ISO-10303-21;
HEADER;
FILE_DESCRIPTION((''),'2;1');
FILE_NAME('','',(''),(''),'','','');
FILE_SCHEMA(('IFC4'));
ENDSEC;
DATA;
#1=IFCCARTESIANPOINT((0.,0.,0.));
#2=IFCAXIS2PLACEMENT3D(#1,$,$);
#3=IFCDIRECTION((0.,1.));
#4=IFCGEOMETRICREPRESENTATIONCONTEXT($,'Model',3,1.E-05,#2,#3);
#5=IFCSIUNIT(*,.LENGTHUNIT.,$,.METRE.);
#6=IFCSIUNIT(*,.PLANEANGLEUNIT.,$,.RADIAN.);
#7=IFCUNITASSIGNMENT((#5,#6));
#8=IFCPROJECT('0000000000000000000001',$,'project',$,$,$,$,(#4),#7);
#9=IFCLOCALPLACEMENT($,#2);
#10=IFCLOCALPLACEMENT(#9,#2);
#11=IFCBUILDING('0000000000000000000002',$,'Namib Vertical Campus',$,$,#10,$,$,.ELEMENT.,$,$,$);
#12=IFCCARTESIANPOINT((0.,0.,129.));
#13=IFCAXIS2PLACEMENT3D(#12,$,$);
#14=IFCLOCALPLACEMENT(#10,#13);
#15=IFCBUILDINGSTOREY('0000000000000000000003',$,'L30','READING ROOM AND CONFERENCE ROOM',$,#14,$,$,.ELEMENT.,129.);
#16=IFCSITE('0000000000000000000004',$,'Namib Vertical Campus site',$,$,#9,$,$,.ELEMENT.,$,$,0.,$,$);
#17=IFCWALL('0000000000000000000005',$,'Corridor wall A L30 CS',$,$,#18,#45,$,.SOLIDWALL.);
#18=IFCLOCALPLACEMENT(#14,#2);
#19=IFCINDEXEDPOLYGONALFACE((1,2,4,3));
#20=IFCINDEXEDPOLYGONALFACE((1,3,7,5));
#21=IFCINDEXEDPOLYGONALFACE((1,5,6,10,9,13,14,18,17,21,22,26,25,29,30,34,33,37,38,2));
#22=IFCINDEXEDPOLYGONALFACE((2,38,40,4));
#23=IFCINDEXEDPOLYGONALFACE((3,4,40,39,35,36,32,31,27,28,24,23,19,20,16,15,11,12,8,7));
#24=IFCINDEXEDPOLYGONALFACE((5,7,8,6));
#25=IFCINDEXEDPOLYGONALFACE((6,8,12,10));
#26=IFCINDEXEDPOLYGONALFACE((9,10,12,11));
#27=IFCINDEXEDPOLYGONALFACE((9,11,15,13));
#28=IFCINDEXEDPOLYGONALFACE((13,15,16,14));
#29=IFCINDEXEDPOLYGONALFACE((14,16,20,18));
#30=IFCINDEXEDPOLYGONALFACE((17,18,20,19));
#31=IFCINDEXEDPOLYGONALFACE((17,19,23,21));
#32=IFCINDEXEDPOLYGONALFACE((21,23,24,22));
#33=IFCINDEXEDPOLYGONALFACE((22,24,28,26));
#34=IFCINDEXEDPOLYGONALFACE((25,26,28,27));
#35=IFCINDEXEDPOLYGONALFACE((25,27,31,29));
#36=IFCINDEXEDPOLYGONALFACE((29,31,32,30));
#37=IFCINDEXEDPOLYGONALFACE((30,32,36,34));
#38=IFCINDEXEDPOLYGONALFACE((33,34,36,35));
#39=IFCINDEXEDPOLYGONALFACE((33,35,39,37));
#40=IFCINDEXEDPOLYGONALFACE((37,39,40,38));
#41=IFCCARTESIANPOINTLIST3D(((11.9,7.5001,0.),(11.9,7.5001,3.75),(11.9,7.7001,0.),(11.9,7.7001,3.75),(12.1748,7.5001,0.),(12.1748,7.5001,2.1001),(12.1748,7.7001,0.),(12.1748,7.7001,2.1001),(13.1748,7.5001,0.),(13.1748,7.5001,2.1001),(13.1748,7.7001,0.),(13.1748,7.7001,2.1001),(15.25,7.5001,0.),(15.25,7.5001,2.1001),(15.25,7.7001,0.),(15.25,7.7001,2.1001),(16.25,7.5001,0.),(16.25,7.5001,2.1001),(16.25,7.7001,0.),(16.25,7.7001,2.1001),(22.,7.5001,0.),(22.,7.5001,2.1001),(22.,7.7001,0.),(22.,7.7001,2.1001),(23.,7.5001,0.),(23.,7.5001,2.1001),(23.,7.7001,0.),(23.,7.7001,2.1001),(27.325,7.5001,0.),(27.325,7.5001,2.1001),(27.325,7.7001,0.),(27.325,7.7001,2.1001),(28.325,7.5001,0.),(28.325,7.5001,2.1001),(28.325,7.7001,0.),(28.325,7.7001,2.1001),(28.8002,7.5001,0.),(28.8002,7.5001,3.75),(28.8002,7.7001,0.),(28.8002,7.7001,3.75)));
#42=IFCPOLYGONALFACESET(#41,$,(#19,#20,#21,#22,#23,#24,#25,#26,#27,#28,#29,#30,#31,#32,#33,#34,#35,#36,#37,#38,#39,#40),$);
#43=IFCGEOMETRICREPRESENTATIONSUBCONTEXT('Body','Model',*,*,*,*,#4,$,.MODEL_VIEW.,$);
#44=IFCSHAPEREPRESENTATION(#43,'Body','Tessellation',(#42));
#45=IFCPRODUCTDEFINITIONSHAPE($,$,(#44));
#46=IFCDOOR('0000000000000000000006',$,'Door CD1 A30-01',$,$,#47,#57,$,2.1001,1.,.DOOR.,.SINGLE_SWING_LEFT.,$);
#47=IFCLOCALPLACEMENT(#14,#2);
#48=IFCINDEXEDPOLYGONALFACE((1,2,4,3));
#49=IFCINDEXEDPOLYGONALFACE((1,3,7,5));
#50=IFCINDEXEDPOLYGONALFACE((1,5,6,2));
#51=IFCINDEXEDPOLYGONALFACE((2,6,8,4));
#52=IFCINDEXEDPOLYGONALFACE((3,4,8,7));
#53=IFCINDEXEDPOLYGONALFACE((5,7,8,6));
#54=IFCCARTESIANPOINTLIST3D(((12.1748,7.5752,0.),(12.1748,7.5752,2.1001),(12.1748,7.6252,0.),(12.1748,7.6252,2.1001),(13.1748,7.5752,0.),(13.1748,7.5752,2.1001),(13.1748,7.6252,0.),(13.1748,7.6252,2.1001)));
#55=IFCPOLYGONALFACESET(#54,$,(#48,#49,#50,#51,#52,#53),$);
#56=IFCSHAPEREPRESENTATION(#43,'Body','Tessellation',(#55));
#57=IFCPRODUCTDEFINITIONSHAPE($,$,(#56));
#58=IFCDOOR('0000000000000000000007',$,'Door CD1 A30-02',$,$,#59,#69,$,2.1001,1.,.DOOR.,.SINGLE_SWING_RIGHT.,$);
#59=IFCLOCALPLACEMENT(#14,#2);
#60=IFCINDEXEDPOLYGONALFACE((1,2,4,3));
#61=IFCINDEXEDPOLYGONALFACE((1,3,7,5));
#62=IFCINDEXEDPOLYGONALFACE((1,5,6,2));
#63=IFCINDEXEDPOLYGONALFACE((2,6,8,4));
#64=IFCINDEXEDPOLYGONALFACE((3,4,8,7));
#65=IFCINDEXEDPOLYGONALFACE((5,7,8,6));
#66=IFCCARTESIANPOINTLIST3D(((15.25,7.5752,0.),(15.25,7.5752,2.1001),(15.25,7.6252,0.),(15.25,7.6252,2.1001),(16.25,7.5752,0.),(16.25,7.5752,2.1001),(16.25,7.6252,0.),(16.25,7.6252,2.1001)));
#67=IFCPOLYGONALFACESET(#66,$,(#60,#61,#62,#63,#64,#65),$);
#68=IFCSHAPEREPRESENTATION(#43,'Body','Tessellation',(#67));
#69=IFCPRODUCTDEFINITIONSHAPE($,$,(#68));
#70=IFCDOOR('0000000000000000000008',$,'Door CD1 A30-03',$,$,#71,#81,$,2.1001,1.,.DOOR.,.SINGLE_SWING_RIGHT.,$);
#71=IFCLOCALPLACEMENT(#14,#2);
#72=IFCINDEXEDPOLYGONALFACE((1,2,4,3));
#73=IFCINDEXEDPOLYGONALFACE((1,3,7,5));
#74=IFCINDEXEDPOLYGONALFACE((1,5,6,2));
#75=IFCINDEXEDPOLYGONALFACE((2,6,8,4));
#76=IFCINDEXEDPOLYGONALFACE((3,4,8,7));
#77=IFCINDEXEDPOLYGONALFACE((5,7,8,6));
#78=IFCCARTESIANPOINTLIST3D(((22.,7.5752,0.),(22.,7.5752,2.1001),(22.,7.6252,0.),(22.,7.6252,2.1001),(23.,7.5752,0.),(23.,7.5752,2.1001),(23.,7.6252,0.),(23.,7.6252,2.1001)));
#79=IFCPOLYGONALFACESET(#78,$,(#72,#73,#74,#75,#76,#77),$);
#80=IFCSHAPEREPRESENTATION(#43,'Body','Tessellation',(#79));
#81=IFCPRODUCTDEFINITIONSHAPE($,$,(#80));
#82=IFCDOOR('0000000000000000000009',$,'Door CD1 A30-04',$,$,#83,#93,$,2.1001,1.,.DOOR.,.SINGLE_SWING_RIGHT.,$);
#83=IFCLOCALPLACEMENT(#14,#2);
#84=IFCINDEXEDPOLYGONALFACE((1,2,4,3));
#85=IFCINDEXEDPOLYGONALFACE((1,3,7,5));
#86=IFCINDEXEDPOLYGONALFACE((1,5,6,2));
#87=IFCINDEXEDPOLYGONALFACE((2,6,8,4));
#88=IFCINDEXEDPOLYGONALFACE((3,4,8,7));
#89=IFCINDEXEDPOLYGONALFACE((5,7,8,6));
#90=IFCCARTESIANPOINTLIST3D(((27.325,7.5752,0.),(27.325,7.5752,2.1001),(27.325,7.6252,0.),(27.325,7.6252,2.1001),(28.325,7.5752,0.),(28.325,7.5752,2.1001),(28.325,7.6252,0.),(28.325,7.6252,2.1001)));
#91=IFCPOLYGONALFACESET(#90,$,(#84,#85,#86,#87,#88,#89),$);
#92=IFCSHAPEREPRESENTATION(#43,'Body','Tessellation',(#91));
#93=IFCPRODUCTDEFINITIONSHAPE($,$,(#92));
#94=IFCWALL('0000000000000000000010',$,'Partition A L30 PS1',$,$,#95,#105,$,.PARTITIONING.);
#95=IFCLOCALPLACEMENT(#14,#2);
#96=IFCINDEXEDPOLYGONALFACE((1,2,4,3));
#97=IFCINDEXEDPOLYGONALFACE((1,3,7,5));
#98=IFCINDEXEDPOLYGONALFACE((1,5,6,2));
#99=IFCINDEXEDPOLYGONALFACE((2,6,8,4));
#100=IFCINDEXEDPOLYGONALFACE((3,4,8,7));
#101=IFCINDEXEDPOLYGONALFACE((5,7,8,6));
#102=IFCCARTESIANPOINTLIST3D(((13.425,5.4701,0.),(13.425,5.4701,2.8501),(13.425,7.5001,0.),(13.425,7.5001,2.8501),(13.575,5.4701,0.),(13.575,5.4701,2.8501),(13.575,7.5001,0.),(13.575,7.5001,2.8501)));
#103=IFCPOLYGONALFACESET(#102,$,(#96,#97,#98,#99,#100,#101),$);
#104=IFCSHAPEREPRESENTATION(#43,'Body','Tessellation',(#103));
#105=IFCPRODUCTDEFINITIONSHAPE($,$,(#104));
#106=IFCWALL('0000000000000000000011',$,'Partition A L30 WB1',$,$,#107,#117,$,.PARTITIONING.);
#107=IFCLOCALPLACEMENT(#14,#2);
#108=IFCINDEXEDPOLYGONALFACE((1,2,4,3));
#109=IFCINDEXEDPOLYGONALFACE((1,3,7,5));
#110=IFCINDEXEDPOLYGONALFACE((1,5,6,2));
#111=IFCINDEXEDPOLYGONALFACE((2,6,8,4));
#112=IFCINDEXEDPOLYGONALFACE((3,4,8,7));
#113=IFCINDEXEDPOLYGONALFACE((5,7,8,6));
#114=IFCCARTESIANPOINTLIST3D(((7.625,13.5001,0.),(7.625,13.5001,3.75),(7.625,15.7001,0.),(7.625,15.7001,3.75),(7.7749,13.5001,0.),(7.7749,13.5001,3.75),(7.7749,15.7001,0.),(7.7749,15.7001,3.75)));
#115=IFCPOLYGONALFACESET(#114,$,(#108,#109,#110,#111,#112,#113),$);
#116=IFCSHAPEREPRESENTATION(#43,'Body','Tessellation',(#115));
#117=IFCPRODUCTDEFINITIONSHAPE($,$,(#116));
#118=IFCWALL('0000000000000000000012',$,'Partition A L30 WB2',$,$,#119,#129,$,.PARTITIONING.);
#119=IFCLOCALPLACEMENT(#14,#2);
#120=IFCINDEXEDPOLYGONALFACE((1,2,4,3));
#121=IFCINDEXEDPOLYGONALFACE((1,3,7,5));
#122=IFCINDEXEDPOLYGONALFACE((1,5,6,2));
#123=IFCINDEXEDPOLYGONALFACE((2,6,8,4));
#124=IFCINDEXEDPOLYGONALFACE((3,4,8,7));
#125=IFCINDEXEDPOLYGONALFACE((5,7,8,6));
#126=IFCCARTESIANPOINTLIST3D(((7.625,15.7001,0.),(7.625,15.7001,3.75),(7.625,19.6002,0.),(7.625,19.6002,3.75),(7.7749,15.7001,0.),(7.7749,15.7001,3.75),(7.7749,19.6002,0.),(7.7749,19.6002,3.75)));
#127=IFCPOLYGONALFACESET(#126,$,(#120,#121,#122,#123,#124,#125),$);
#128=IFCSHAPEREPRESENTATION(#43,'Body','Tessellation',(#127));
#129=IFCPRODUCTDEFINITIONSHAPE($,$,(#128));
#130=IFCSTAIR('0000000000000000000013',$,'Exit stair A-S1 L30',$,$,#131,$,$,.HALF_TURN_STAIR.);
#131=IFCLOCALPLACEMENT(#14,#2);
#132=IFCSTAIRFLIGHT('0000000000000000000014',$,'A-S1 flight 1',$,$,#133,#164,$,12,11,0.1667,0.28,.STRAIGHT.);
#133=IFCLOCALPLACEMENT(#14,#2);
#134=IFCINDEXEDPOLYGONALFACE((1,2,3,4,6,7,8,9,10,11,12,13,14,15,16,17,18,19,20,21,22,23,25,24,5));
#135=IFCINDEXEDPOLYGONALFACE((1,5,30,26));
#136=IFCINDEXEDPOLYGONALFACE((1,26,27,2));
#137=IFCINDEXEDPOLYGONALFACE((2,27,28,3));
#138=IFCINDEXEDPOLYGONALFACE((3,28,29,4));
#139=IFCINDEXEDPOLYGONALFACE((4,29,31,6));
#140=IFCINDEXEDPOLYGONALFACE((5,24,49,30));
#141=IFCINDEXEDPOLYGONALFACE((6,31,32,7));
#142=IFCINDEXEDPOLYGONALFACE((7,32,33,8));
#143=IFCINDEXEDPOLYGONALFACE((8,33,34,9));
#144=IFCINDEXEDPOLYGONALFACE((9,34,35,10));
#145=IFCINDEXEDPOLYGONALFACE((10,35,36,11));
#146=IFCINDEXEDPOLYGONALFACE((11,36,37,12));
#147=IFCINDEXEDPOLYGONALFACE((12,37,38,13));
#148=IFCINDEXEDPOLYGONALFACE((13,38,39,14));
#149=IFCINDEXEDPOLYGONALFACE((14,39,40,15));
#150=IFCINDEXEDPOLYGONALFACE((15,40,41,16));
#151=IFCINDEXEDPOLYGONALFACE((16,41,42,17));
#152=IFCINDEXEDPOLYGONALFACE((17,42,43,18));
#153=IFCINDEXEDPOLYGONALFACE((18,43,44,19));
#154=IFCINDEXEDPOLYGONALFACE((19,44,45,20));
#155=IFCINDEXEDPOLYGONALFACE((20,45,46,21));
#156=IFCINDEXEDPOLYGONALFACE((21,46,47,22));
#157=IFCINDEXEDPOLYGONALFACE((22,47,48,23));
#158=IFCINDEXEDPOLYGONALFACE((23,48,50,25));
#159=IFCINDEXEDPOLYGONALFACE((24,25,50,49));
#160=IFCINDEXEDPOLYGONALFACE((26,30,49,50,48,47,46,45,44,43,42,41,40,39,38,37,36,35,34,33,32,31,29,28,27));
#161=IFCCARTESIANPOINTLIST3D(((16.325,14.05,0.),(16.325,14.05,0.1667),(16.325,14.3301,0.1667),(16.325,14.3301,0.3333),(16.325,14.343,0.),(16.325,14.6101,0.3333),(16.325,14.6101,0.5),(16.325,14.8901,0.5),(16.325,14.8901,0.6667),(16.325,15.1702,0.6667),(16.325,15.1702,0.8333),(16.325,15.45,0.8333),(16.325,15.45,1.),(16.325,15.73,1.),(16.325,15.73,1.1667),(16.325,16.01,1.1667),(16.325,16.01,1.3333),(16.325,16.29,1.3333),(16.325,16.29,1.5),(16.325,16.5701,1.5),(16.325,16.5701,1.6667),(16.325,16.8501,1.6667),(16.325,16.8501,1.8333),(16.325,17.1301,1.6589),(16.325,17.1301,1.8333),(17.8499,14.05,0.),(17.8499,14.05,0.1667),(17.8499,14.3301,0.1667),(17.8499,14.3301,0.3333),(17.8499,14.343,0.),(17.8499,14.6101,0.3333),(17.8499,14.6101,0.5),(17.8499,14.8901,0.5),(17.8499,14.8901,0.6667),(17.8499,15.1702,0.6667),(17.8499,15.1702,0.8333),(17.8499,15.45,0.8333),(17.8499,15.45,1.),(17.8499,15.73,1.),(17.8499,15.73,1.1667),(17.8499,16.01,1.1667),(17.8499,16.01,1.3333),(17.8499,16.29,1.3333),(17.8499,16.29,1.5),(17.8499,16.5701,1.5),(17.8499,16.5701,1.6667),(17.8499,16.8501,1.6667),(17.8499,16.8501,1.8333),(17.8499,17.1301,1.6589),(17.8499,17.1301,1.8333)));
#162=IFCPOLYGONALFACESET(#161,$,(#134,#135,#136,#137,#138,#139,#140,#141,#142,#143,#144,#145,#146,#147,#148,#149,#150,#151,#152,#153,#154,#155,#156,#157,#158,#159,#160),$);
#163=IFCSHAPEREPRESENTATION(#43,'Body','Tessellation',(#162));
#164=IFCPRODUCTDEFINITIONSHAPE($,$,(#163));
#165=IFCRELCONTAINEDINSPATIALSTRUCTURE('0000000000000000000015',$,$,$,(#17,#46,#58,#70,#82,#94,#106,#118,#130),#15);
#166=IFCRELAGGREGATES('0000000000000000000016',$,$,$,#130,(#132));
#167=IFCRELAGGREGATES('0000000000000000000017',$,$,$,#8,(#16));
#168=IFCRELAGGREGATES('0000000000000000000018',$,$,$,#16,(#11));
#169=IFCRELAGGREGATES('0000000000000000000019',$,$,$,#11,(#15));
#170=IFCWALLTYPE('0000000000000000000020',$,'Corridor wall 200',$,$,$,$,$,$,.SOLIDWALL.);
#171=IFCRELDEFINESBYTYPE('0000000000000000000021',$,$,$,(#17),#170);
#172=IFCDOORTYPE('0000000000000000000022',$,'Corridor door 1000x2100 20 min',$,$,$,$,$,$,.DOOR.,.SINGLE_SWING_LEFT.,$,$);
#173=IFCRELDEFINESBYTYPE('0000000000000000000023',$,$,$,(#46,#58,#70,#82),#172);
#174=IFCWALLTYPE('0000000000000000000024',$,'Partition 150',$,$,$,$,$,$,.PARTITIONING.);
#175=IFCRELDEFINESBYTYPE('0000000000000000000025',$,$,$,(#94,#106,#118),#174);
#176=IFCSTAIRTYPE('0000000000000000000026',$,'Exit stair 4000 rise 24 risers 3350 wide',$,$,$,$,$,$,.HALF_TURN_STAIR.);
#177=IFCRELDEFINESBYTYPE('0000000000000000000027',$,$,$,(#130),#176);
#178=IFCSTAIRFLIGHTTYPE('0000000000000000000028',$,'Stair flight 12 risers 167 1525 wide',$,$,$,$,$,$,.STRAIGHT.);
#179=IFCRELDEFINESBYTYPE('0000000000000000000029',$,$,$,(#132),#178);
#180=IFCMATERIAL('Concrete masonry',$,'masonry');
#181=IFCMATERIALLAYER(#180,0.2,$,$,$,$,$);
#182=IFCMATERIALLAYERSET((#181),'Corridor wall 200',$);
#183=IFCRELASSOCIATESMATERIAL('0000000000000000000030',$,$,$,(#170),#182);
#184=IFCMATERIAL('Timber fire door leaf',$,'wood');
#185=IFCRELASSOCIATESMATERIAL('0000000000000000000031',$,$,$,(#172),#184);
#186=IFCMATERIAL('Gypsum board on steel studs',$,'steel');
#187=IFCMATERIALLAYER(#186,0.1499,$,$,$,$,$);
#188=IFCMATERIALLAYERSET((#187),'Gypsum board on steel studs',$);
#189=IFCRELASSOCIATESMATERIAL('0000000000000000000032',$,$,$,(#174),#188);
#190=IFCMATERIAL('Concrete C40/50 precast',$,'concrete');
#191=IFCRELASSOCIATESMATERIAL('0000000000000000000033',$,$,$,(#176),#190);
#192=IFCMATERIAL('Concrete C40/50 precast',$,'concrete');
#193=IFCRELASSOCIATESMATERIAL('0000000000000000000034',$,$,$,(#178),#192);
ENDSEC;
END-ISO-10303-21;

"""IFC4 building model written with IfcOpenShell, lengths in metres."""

from ifc_helpers import new_model, si_unit, direction, frame, frame_2d, origin, place, context, subcontext, project, spatial, polyline, rectangle, outline, extrude, material, layer, layer_set, type_object, element, fill, aggregate, save


model = new_model("IFC4")

# Units and contexts
model_context = context("Model", 3, precision=1e-05, world=origin(), true_north=direction((0.0, 1.0)))
body_context = subcontext(model_context, "Body", "Model", "MODEL_VIEW")
ifc_project = project(units=[si_unit("LENGTHUNIT", "METRE"), si_unit("PLANEANGLEUNIT", "RADIAN")], contexts=[model_context])

# Site, building, storey
site_placement = place(None, origin())
site = spatial("IfcSite", under=ifc_project, at=site_placement, Name="Namib Vertical Campus site", CompositionType="ELEMENT", RefElevation=0.0)
building_placement = place(site_placement, origin())
building = spatial("IfcBuilding", under=site, at=building_placement, Name="Namib Vertical Campus", CompositionType="ELEMENT")
storey_placement = place(building_placement, frame((0.0, 0.0, 129.0)))
storey = spatial("IfcBuildingStorey", under=building, at=storey_placement, Name="L30", Description="READING ROOM AND CONFERENCE ROOM", CompositionType="ELEMENT", Elevation=129.0)

# Wall, openings, doors
ifc_material_1 = material(Name="Concrete masonry", Category="masonry")
ifc_layer_1 = layer(ifc_material_1, 0.2)
ifc_layer_set_1 = layer_set([ifc_layer_1], Name="Corridor wall 200")
wall_type_1 = type_object("IfcWallType", Name="Corridor wall 200", PredefinedType="SOLIDWALL", material=ifc_layer_set_1)
wall_1_placement = place(storey_placement, frame((11.8999, 7.6001, 0.0), z_axis=(0.0, 0.0, 1.0), x_axis=(1.0, 0.0, 0.0)))
wall_1 = element("IfcWall", 1, at=wall_1_placement, inside=storey, type_object=wall_type_1, Name="Corridor wall A L30 CS", PredefinedType="SOLIDWALL", context=body_context, shape_type="SweptSolid", body=[
    extrude(rectangle(XDim=16.9001, YDim=0.2, at=frame_2d((8.4502, 0.0))), origin(), (0.0, 0.0, 1.0), 3.75),
])
opening_1_placement = place(wall_1_placement, frame((0.2749, 0.0, 0.0)))
opening_1 = element("IfcOpeningElement", 2, at=opening_1_placement, cuts=wall_1, PredefinedType="OPENING", context=body_context, shape_type="SweptSolid", body=[
    extrude(rectangle(XDim=1.0, YDim=2.1001, at=frame_2d((0.5, 1.05))), frame((0.0, 0.1099, 0.0), z_axis=(0.0, -1.0, 0.0), x_axis=(1.0, 0.0, 0.0)), (0.0, 0.0, 1.0), 0.22),
])
opening_2_placement = place(wall_1_placement, frame((3.3501, 0.0, 0.0)))
opening_2 = element("IfcOpeningElement", 3, at=opening_2_placement, cuts=wall_1, PredefinedType="OPENING", context=body_context, shape_type="SweptSolid", body=[
    extrude(rectangle(XDim=1.0, YDim=2.1001, at=frame_2d((0.5, 1.05))), frame((0.0, 0.1099, 0.0), z_axis=(0.0, -1.0, 0.0), x_axis=(1.0, 0.0, 0.0)), (0.0, 0.0, 1.0), 0.22),
])
opening_3_placement = place(wall_1_placement, frame((10.1001, 0.0, 0.0)))
opening_3 = element("IfcOpeningElement", 4, at=opening_3_placement, cuts=wall_1, PredefinedType="OPENING", context=body_context, shape_type="SweptSolid", body=[
    extrude(rectangle(XDim=1.0, YDim=2.1001, at=frame_2d((0.5, 1.05))), frame((0.0, 0.1099, 0.0), z_axis=(0.0, -1.0, 0.0), x_axis=(1.0, 0.0, 0.0)), (0.0, 0.0, 1.0), 0.22),
])
opening_4_placement = place(wall_1_placement, frame((15.425, 0.0, 0.0)))
opening_4 = element("IfcOpeningElement", 5, at=opening_4_placement, cuts=wall_1, PredefinedType="OPENING", context=body_context, shape_type="SweptSolid", body=[
    extrude(rectangle(XDim=1.0, YDim=2.1001, at=frame_2d((0.5, 1.05))), frame((0.0, 0.1099, 0.0), z_axis=(0.0, -1.0, 0.0), x_axis=(1.0, 0.0, 0.0)), (0.0, 0.0, 1.0), 0.22),
])
ifc_material_2 = material(Name="Timber fire door leaf", Category="wood")
door_type_1 = type_object("IfcDoorType", Name="Corridor door 1000x2100 20 min", OperationType="SINGLE_SWING_LEFT", PredefinedType="DOOR", material=ifc_material_2)
door_1_placement = place(opening_1_placement, frame((1.0, 0.0, 0.0), z_axis=(0.0, 0.0, 1.0), x_axis=(-1.0, 0.0, 0.0)))
door_1 = element("IfcDoor", 6, at=door_1_placement, inside=storey, type_object=door_type_1, Name="Door CD1 A30-01", OperationType="SINGLE_SWING_LEFT", OverallHeight=2.1001, OverallWidth=1.0, PredefinedType="DOOR", context=body_context, shape_type="SweptSolid", body=[
    extrude(rectangle(XDim=1.0, YDim=2.1001, at=frame_2d((0.5, 1.05))), frame((0.0, 0.0249, 0.0), z_axis=(0.0, -1.0, 0.0), x_axis=(1.0, 0.0, 0.0)), (0.0, 0.0, 1.0), 0.05),
])
fill(opening_1, door_1)
door_2_placement = place(opening_2_placement, frame((1.0, 0.0, 0.0), z_axis=(0.0, 0.0, 1.0), x_axis=(-1.0, 0.0, 0.0)))
door_2 = element("IfcDoor", 7, at=door_2_placement, inside=storey, type_object=door_type_1, Name="Door CD1 A30-02", OperationType="SINGLE_SWING_RIGHT", OverallHeight=2.1001, OverallWidth=1.0, PredefinedType="DOOR", context=body_context, shape_type="SweptSolid", body=[
    extrude(rectangle(XDim=1.0, YDim=2.1001, at=frame_2d((0.5, 1.05))), frame((0.0, 0.0249, 0.0), z_axis=(0.0, -1.0, 0.0), x_axis=(1.0, 0.0, 0.0)), (0.0, 0.0, 1.0), 0.05),
])
fill(opening_2, door_2)
door_3_placement = place(opening_3_placement, frame((1.0, 0.0, 0.0), z_axis=(0.0, 0.0, 1.0), x_axis=(-1.0, 0.0, 0.0)))
door_3 = element("IfcDoor", 8, at=door_3_placement, inside=storey, type_object=door_type_1, Name="Door CD1 A30-03", OperationType="SINGLE_SWING_RIGHT", OverallHeight=2.1001, OverallWidth=1.0, PredefinedType="DOOR", context=body_context, shape_type="SweptSolid", body=[
    extrude(rectangle(XDim=1.0, YDim=2.1001, at=frame_2d((0.5, 1.05))), frame((0.0, 0.0249, 0.0), z_axis=(0.0, -1.0, 0.0), x_axis=(1.0, 0.0, 0.0)), (0.0, 0.0, 1.0), 0.05),
])
fill(opening_3, door_3)
door_4_placement = place(opening_4_placement, frame((1.0, 0.0, 0.0), z_axis=(0.0, 0.0, 1.0), x_axis=(-1.0, 0.0, 0.0)))
door_4 = element("IfcDoor", 9, at=door_4_placement, inside=storey, type_object=door_type_1, Name="Door CD1 A30-04", OperationType="SINGLE_SWING_RIGHT", OverallHeight=2.1001, OverallWidth=1.0, PredefinedType="DOOR", context=body_context, shape_type="SweptSolid", body=[
    extrude(rectangle(XDim=1.0, YDim=2.1001, at=frame_2d((0.5, 1.05))), frame((0.0, 0.0249, 0.0), z_axis=(0.0, -1.0, 0.0), x_axis=(1.0, 0.0, 0.0)), (0.0, 0.0, 1.0), 0.05),
])
fill(opening_4, door_4)

# Walls
ifc_material_3 = material(Name="Gypsum board on steel studs", Category="steel")
ifc_layer_2 = layer(ifc_material_3, 0.1499)
ifc_layer_set_2 = layer_set([ifc_layer_2], Name="Gypsum board on steel studs")
wall_type_2 = type_object("IfcWallType", Name="Partition 150", PredefinedType="PARTITIONING", material=ifc_layer_set_2)
wall_2_placement = place(storey_placement, frame((13.5, 5.47, 0.0), z_axis=(0.0, 0.0, 1.0), x_axis=(0.0, 1.0, 0.0)))
element("IfcWall", 10, at=wall_2_placement, inside=storey, type_object=wall_type_2, Name="Partition A L30 PS1", PredefinedType="PARTITIONING", context=body_context, shape_type="SweptSolid", body=[
    extrude(rectangle(XDim=2.03, YDim=0.1499, at=frame_2d((1.0151, 0.0))), origin(), (0.0, 0.0, 1.0), 2.8501),
])
wall_3_placement = place(storey_placement, frame((7.7, 13.5, 0.0), z_axis=(0.0, 0.0, 1.0), x_axis=(0.0, 1.0, 0.0)))
element("IfcWall", 11, at=wall_3_placement, inside=storey, type_object=wall_type_2, Name="Partition A L30 WB1", PredefinedType="PARTITIONING", context=body_context, shape_type="SweptSolid", body=[
    extrude(rectangle(XDim=2.2, YDim=0.1499, at=frame_2d((1.1001, 0.0))), origin(), (0.0, 0.0, 1.0), 3.75),
])
wall_4_placement = place(storey_placement, frame((7.7, 15.7, 0.0), z_axis=(0.0, 0.0, 1.0), x_axis=(0.0, 1.0, 0.0)))
element("IfcWall", 12, at=wall_4_placement, inside=storey, type_object=wall_type_2, Name="Partition A L30 WB2", PredefinedType="PARTITIONING", context=body_context, shape_type="SweptSolid", body=[
    extrude(rectangle(XDim=3.9001, YDim=0.1499, at=frame_2d((1.9502, 0.0))), origin(), (0.0, 0.0, 1.0), 3.75),
])

# Stair, stair flight
ifc_material_4 = material(Name="Concrete C40/50 precast", Category="concrete")
stair_type = type_object("IfcStairType", Name="Exit stair 4000 rise 24 risers 3350 wide", PredefinedType="HALF_TURN_STAIR", material=ifc_material_4)
stair_placement = place(storey_placement, origin())
stair = element("IfcStair", 13, at=stair_placement, inside=storey, type_object=stair_type, Name="Exit stair A-S1 L30", PredefinedType="HALF_TURN_STAIR")
ifc_material_5 = material(Name="Concrete C40/50 precast", Category="concrete")
stair_flight_type = type_object("IfcStairFlightType", Name="Stair flight 12 risers 167 1525 wide", PredefinedType="STRAIGHT", material=ifc_material_5)
stair_flight_placement = place(storey_placement, frame((17.0874, 14.05, 0.0), z_axis=(0.0, 0.0, 1.0), x_axis=(0.0, 1.0, 0.0)))
stair_flight = element("IfcStairFlight", 14, at=stair_flight_placement, type_object=stair_flight_type, Name="A-S1 flight 1", NumberOfRisers=12, NumberOfTreads=11, PredefinedType="STRAIGHT", RiserHeight=0.1667, TreadLength=0.28, context=body_context, shape_type="SweptSolid", body=[
    extrude(outline(polyline([(0.0, 0.0), (0.0, 0.1667), (0.28, 0.1667), (0.28, 0.3333), (0.5601, 0.3333), (0.5601, 0.5), (0.8401, 0.5), (0.8401, 0.6667), (1.1201, 0.6667), (1.1201, 0.8333), (1.3999, 0.8333), (1.3999, 1.0), (1.6799, 1.0), (1.6799, 1.1667), (1.96, 1.1667), (1.96, 1.3333), (2.24, 1.3333), (2.24, 1.5), (2.52, 1.5), (2.52, 1.6667), (2.8, 1.6667), (2.8, 1.8333), (3.0801, 1.8333), (3.0801, 2.0), (3.0801, 1.6589), (0.293, 0.0), (0.0, 0.0)])), frame((0.0, 0.7625, 0.0), z_axis=(0.0, -1.0, 0.0), x_axis=(1.0, 0.0, 0.0)), (0.0, 0.0, 1.0), 1.5249),
])
aggregate(stair, [stair_flight])

save(model, "model.ifc")
